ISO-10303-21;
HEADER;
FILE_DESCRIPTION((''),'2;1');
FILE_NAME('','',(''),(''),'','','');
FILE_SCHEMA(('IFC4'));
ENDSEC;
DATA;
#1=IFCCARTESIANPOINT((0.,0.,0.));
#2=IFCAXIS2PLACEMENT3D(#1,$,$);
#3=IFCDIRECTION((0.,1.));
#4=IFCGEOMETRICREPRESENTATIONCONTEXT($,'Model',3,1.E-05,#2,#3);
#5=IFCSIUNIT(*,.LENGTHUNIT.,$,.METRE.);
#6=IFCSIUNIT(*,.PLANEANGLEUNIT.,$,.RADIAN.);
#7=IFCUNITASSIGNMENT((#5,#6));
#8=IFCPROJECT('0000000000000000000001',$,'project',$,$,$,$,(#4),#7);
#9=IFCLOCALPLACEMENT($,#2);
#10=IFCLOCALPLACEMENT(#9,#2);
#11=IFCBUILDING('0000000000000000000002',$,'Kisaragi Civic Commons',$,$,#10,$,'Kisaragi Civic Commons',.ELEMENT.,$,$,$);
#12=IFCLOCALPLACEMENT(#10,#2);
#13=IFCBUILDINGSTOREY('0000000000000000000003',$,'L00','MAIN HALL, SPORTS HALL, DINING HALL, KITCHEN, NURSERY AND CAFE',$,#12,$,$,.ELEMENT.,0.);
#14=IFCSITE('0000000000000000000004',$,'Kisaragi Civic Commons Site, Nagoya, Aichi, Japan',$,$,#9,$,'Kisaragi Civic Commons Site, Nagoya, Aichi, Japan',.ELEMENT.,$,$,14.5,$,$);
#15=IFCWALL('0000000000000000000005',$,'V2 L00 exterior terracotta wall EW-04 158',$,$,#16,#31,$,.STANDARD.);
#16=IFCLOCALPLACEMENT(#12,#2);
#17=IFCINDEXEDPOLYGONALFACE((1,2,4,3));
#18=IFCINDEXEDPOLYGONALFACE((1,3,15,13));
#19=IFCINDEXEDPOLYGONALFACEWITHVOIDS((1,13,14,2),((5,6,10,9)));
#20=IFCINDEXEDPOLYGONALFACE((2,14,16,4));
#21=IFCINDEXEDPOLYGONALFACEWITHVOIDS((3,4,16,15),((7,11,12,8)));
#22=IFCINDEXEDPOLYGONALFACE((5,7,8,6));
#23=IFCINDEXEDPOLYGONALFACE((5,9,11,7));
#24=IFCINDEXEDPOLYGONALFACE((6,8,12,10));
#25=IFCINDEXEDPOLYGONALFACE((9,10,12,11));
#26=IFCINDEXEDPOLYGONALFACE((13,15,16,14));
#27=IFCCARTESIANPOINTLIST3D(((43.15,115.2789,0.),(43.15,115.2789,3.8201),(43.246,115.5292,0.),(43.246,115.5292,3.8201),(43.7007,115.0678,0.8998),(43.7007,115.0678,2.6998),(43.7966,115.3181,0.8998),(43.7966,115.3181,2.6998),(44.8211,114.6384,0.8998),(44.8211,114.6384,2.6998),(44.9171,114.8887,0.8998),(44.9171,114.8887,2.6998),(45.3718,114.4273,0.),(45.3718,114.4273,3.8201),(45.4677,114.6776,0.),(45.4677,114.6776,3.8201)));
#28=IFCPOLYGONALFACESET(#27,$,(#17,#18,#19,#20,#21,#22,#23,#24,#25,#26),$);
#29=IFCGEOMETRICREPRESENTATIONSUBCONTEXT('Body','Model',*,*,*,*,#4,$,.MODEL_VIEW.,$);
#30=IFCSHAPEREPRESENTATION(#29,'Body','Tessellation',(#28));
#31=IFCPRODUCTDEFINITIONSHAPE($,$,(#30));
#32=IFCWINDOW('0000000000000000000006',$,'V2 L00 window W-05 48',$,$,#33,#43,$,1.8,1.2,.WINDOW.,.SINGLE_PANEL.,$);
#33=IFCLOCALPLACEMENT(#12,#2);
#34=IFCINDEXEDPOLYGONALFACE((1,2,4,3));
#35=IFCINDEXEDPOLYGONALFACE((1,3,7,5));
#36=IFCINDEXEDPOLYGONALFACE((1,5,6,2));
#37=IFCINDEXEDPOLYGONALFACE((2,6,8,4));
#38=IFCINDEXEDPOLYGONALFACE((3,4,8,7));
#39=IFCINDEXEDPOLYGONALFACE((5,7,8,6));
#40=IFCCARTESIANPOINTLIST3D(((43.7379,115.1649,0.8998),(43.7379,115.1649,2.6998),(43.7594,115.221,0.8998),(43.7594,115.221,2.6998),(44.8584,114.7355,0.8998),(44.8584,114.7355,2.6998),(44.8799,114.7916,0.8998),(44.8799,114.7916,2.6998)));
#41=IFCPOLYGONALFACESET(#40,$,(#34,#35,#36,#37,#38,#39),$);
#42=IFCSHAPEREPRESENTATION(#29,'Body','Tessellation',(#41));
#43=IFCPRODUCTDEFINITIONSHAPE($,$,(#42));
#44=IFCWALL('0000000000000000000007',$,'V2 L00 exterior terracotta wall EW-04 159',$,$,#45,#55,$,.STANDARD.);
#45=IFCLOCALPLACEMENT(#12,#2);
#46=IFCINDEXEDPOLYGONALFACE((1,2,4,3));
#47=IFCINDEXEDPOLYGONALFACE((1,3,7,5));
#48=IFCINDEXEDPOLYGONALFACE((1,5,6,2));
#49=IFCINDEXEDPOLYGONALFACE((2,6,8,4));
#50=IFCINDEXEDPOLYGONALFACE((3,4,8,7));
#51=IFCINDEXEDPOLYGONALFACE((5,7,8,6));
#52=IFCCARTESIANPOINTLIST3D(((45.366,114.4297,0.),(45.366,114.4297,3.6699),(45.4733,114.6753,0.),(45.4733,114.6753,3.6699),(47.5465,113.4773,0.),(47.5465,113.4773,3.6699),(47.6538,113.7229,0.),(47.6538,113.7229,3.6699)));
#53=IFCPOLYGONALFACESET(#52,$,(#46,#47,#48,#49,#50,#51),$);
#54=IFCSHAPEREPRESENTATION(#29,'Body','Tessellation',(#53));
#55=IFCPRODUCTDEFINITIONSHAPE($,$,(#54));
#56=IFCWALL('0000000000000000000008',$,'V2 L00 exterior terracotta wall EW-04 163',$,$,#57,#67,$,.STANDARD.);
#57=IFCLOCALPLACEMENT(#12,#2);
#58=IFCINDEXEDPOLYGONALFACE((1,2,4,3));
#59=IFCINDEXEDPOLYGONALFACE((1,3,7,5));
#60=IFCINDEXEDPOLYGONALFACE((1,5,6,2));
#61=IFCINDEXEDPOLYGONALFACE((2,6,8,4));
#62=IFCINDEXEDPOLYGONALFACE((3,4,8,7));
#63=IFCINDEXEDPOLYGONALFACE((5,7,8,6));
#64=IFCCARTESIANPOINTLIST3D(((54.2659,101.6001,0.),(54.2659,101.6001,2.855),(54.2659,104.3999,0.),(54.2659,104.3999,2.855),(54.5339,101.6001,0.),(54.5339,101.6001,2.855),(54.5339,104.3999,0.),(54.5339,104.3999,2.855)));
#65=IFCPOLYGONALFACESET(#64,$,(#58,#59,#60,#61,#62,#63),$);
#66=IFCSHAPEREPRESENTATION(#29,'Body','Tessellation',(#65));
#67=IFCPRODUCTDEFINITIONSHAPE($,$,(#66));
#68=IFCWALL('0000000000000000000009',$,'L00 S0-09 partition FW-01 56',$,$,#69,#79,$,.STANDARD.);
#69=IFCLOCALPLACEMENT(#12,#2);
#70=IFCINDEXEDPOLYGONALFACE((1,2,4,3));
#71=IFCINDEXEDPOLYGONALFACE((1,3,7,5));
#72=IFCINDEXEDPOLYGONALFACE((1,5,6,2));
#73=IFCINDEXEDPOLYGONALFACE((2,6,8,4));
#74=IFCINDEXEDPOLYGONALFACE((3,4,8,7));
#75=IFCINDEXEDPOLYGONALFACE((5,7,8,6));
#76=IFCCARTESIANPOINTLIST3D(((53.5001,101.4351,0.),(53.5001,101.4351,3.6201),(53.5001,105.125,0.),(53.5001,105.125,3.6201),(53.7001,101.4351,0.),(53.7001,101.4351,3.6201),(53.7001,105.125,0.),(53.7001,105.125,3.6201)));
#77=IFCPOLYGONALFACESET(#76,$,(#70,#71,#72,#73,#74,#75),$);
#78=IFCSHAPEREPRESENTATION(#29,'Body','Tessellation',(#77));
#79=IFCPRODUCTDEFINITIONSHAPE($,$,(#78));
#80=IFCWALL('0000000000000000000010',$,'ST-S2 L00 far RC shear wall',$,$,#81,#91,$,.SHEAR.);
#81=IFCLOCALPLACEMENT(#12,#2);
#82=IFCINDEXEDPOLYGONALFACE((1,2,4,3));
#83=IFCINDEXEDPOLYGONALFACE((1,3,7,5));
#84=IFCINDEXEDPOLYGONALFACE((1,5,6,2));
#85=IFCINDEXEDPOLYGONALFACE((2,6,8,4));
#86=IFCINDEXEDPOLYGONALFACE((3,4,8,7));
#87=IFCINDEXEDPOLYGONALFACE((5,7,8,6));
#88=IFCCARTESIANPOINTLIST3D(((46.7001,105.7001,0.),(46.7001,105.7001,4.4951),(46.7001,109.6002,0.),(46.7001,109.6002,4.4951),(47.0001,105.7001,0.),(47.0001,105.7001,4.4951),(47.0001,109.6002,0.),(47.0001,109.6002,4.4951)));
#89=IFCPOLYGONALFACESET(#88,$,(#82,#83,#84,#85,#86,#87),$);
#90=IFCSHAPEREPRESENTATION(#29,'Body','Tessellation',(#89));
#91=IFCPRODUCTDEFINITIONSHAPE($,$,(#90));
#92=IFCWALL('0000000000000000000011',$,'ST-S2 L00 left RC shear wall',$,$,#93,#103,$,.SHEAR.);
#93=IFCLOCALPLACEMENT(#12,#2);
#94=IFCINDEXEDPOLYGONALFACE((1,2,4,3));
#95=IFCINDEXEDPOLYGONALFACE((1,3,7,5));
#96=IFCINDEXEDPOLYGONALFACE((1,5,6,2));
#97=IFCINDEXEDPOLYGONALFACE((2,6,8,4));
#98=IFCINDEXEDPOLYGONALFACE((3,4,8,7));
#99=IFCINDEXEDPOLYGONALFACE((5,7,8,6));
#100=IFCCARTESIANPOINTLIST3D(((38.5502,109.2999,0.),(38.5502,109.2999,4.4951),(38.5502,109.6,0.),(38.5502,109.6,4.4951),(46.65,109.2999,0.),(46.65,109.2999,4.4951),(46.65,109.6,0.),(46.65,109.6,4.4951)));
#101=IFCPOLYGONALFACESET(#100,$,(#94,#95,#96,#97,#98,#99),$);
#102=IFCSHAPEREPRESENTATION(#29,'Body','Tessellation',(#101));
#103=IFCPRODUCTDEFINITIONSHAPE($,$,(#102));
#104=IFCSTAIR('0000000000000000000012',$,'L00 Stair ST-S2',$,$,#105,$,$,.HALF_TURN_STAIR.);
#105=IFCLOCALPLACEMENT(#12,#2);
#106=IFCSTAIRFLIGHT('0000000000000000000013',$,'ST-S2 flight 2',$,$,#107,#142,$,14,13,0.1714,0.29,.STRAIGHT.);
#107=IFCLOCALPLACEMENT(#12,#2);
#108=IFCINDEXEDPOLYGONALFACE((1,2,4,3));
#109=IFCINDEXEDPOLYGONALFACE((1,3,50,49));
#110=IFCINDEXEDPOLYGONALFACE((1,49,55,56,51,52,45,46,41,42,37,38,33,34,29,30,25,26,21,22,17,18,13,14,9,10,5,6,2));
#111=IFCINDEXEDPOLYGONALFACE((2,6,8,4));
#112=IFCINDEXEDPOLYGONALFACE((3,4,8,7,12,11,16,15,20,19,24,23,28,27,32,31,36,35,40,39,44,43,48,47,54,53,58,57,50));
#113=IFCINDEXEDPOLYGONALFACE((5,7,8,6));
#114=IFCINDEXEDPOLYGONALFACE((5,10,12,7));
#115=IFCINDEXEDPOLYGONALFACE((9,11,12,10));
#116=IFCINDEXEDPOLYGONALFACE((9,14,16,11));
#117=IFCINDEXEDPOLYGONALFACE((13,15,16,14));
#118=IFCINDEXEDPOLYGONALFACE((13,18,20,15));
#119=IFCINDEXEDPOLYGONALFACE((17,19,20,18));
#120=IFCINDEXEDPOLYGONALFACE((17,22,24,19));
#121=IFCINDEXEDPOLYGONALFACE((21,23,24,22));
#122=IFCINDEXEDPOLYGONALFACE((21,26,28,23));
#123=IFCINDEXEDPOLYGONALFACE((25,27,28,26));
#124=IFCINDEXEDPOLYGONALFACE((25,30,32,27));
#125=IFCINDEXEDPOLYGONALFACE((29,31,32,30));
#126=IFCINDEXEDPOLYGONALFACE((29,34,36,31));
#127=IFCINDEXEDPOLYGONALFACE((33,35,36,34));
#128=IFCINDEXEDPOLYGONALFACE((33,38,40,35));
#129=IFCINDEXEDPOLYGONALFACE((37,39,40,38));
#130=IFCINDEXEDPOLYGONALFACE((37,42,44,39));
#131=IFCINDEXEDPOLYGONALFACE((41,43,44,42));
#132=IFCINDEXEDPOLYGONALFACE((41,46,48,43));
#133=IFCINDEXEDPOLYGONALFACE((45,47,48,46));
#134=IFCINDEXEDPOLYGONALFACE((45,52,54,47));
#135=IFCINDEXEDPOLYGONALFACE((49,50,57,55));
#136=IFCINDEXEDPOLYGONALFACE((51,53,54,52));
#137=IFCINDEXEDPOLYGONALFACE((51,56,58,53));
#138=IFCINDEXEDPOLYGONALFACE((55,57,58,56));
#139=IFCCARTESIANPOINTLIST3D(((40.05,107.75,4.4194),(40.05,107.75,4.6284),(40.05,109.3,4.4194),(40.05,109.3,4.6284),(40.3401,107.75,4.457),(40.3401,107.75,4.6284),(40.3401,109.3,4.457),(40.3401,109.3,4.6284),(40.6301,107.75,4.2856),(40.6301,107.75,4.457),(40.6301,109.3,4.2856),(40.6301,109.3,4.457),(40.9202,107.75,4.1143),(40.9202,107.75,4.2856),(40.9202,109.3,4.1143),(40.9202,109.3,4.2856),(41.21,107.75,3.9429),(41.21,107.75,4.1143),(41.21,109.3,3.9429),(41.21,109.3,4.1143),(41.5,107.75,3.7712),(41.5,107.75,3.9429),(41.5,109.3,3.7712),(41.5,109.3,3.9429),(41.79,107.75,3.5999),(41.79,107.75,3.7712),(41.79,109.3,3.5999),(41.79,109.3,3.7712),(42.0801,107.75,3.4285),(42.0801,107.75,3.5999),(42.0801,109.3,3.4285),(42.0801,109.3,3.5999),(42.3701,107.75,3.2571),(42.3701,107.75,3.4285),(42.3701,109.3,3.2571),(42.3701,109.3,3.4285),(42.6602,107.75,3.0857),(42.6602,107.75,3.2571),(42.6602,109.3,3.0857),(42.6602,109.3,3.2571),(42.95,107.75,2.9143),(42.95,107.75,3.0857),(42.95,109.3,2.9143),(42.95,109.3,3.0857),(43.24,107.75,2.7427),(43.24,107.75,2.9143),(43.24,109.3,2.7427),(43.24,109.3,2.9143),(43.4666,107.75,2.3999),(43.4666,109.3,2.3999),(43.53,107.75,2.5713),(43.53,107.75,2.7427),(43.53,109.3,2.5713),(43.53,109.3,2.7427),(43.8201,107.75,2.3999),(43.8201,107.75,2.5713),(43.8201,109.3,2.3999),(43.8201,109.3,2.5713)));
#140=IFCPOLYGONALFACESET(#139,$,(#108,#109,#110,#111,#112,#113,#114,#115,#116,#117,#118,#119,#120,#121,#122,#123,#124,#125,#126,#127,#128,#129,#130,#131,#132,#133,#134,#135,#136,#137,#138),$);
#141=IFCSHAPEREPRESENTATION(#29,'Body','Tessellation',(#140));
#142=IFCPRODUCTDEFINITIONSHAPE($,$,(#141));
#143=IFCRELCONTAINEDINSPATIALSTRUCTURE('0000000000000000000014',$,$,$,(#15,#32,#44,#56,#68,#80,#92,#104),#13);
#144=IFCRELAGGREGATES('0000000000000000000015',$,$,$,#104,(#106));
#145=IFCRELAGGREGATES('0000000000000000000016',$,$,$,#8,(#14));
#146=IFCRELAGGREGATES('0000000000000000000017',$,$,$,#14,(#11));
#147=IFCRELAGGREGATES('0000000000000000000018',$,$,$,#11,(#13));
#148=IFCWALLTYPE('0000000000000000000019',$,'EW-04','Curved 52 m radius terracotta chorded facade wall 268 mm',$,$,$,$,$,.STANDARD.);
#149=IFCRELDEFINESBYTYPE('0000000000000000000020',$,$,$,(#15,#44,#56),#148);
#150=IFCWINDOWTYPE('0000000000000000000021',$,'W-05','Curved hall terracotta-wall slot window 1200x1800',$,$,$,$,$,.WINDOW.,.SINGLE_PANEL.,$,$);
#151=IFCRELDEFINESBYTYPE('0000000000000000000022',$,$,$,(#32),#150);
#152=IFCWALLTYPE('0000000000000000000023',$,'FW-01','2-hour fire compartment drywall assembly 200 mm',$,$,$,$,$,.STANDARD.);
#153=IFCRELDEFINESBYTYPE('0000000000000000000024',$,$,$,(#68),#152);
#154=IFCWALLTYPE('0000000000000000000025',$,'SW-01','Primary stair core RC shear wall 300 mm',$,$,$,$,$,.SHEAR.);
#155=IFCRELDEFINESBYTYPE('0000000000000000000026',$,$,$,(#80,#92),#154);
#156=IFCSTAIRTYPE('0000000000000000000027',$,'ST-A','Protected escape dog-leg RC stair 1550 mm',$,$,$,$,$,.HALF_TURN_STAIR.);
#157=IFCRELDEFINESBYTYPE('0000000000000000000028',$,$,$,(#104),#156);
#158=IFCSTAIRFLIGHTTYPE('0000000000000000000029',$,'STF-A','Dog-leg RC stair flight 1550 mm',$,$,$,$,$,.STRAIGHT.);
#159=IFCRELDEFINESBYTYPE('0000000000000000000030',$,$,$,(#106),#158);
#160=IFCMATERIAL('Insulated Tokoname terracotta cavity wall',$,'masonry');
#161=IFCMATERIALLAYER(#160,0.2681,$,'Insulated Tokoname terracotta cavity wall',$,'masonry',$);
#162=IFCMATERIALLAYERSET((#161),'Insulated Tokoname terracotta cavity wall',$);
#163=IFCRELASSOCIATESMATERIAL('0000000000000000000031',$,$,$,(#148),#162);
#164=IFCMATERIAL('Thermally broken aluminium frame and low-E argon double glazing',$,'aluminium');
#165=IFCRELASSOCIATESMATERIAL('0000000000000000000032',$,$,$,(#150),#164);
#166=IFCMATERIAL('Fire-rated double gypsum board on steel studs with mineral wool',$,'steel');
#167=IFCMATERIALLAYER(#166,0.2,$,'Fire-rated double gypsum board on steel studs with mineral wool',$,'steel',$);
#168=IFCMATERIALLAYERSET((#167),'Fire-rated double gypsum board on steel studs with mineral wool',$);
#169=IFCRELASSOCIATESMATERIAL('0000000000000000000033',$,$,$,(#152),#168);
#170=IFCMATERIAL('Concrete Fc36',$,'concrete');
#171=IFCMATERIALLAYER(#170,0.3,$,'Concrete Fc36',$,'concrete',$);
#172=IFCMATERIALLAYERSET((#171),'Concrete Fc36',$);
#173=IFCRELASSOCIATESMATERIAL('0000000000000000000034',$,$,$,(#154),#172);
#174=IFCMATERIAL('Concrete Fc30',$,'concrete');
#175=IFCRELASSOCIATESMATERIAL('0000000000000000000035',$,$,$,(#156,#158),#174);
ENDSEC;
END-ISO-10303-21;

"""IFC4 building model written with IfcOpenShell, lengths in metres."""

from ifc_helpers import new_model, si_unit, direction, frame, frame_2d, origin, place, context, subcontext, project, spatial, polyline, rectangle, outline, extrude, material, layer, layer_set, type_object, element, fill, aggregate, save


model = new_model("IFC4")

# Units and contexts
model_context = context("Model", 3, precision=1e-05, world=origin(), true_north=direction((0.0, 1.0)))
body_context = subcontext(model_context, "Body", "Model", "MODEL_VIEW")
ifc_project = project(units=[si_unit("LENGTHUNIT", "METRE"), si_unit("PLANEANGLEUNIT", "RADIAN")], contexts=[model_context])

# Site, building, storey
site_placement = place(None, origin())
site = spatial("IfcSite", under=ifc_project, at=site_placement, Name="Kisaragi Civic Commons Site, Nagoya, Aichi, Japan", LongName="Kisaragi Civic Commons Site, Nagoya, Aichi, Japan", CompositionType="ELEMENT", RefElevation=14.5)
building_placement = place(site_placement, origin())
building = spatial("IfcBuilding", under=site, at=building_placement, Name="Kisaragi Civic Commons", LongName="Kisaragi Civic Commons", CompositionType="ELEMENT")
storey_placement = place(building_placement, origin())
storey = spatial("IfcBuildingStorey", under=building, at=storey_placement, Name="L00", Description="MAIN HALL, SPORTS HALL, DINING HALL, KITCHEN, NURSERY AND CAFE", CompositionType="ELEMENT", Elevation=0.0)

# Shared definitions
ifc_material_1 = material(Name="Concrete Fc36", Category="concrete")
ifc_material_2 = material(Name="Concrete Fc30", Category="concrete")

# Shared definitions
ifc_material_3 = material(Name="Insulated Tokoname terracotta cavity wall", Category="masonry")

# Wall, opening, window
ifc_layer_1 = layer(ifc_material_3, 0.2681, Name="Insulated Tokoname terracotta cavity wall", Category="masonry")
ifc_layer_set_1 = layer_set([ifc_layer_1], Name="Insulated Tokoname terracotta cavity wall")
wall_type_1 = type_object("IfcWallType", Name="EW-04", Description="Curved 52 m radius terracotta chorded facade wall 268 mm", PredefinedType="STANDARD", material=ifc_layer_set_1)
ifc_material_4 = material(Name="Thermally broken aluminium frame and low-E argon double glazing", Category="aluminium")
window_type = type_object("IfcWindowType", Name="W-05", Description="Curved hall terracotta-wall slot window 1200x1800", PartitioningType="SINGLE_PANEL", PredefinedType="WINDOW", material=ifc_material_4)
wall_1_placement = place(storey_placement, frame((43.198, 115.4041, 0.0), z_axis=(0.0, 0.0, 1.0), x_axis=(0.933758, -0.357906, 0.0)))
wall_1 = element("IfcWall", 1, at=wall_1_placement, inside=storey, type_object=wall_type_1, Name="V2 L00 exterior terracotta wall EW-04 158", PredefinedType="STANDARD", context=body_context, shape_type="SweptSolid", body=[
    extrude(rectangle(XDim=2.3794, YDim=0.2681, at=frame_2d((1.1897, 0.0))), origin(), (0.0, 0.0, 1.0), 3.8201),
])
opening_1_placement = place(wall_1_placement, frame((0.5896, 0.0, 0.8999)))
opening_1 = element("IfcOpeningElement", 2, at=opening_1_placement, cuts=wall_1, PredefinedType="OPENING", context=body_context, shape_type="SweptSolid", body=[
    extrude(rectangle(XDim=1.2, YDim=1.8, at=frame_2d((0.6001, 0.8999))), frame((0.0, 0.144, 0.0), z_axis=(0.0, -1.0, 0.0), x_axis=(1.0, 0.0, 0.0)), (0.0, 0.0, 1.0), 0.2881),
])
window_1_placement = place(opening_1_placement, origin())
window_1 = element("IfcWindow", 3, at=window_1_placement, inside=storey, type_object=window_type, Name="V2 L00 window W-05 48", OverallHeight=1.8, OverallWidth=1.2, PartitioningType="SINGLE_PANEL", PredefinedType="WINDOW", context=body_context, shape_type="SweptSolid", body=[
    extrude(rectangle(XDim=1.2, YDim=1.8, at=frame_2d((0.6001, 0.8999))), frame((0.0, 0.03, 0.0), z_axis=(0.0, -1.0, 0.0), x_axis=(1.0, 0.0, 0.0)), (0.0, 0.0, 1.0), 0.0601),
])
fill(opening_1, window_1)

# Walls
wall_2_placement = place(storey_placement, frame((45.4197, 114.5525, 0.0), z_axis=(0.0, 0.0, 1.0), x_axis=(0.916395, -0.400275, 0.0)))
element("IfcWall", 4, at=wall_2_placement, inside=storey, type_object=wall_type_1, Name="V2 L00 exterior terracotta wall EW-04 159", PredefinedType="STANDARD", context=body_context, shape_type="SweptSolid", body=[
    extrude(rectangle(XDim=2.3794, YDim=0.2681, at=frame_2d((1.1897, 0.0))), origin(), (0.0, 0.0, 1.0), 3.6699),
])
wall_3_placement = place(storey_placement, frame((54.3999, 104.3999, 0.0), z_axis=(0.0, 0.0, 1.0), x_axis=(0.0, -1.0, 0.0)))
element("IfcWall", 5, at=wall_3_placement, inside=storey, type_object=wall_type_1, Name="V2 L00 exterior terracotta wall EW-04 163", PredefinedType="STANDARD", context=body_context, shape_type="SweptSolid", body=[
    extrude(rectangle(XDim=2.7998, YDim=0.2681, at=frame_2d((1.3999, 0.0))), origin(), (0.0, 0.0, 1.0), 2.855),
])
ifc_material_5 = material(Name="Fire-rated double gypsum board on steel studs with mineral wool", Category="steel")
ifc_layer_2 = layer(ifc_material_5, 0.2, Name="Fire-rated double gypsum board on steel studs with mineral wool", Category="steel")
ifc_layer_set_2 = layer_set([ifc_layer_2], Name="Fire-rated double gypsum board on steel studs with mineral wool")
wall_type_2 = type_object("IfcWallType", Name="FW-01", Description="2-hour fire compartment drywall assembly 200 mm", PredefinedType="STANDARD", material=ifc_layer_set_2)
wall_4_placement = place(storey_placement, frame((53.6001, 105.125, 0.0), z_axis=(0.0, 0.0, 1.0), x_axis=(0.0, -1.0, 0.0)))
element("IfcWall", 6, at=wall_4_placement, inside=storey, type_object=wall_type_2, Name="L00 S0-09 partition FW-01 56", PredefinedType="STANDARD", context=body_context, shape_type="SweptSolid", body=[
    extrude(rectangle(XDim=3.6899, YDim=0.2, at=frame_2d((1.845, 0.0))), origin(), (0.0, 0.0, 1.0), 3.6201),
])
ifc_layer_3 = layer(ifc_material_1, 0.3, Name="Concrete Fc36", Category="concrete")
ifc_layer_set_3 = layer_set([ifc_layer_3], Name="Concrete Fc36")
wall_type_3 = type_object("IfcWallType", Name="SW-01", Description="Primary stair core RC shear wall 300 mm", PredefinedType="SHEAR", material=ifc_layer_set_3)
wall_5_placement = place(storey_placement, frame((46.8501, 105.7, 0.0), z_axis=(0.0, 0.0, 1.0), x_axis=(0.0, 1.0, 0.0)))
element("IfcWall", 7, at=wall_5_placement, inside=storey, type_object=wall_type_3, Name="ST-S2 L00 far RC shear wall", PredefinedType="SHEAR", context=body_context, shape_type="SweptSolid", body=[
    extrude(rectangle(XDim=3.9001, YDim=0.3, at=frame_2d((1.9502, 0.0))), origin(), (0.0, 0.0, 1.0), 4.4951),
])
wall_6_placement = place(storey_placement, frame((46.6499, 109.45, 0.0), z_axis=(0.0, 0.0, 1.0), x_axis=(-1.0, 0.0, 0.0)))
element("IfcWall", 8, at=wall_6_placement, inside=storey, type_object=wall_type_3, Name="ST-S2 L00 left RC shear wall", PredefinedType="SHEAR", context=body_context, shape_type="SweptSolid", body=[
    extrude(rectangle(XDim=8.0999, YDim=0.3, at=frame_2d((4.0498, 0.0))), origin(), (0.0, 0.0, 1.0), 4.4951),
])

# Stair, stair flight
stair_type = type_object("IfcStairType", Name="ST-A", Description="Protected escape dog-leg RC stair 1550 mm", PredefinedType="HALF_TURN_STAIR", material=ifc_material_2)
stair_placement = place(storey_placement, origin())
stair = element("IfcStair", 9, at=stair_placement, inside=storey, type_object=stair_type, Name="L00 Stair ST-S2", PredefinedType="HALF_TURN_STAIR")
stair_flight_type = type_object("IfcStairFlightType", Name="STF-A", Description="Dog-leg RC stair flight 1550 mm", PredefinedType="STRAIGHT", material=ifc_material_2)
stair_flight_placement = place(storey_placement, frame((43.8201, 108.5249, 2.3999), z_axis=(0.0, 0.0, 1.0), x_axis=(-1.0, 0.0, 0.0)))
stair_flight = element("IfcStairFlight", 10, at=stair_flight_placement, type_object=stair_flight_type, Name="ST-S2 flight 2", NumberOfRisers=14, NumberOfTreads=13, PredefinedType="STRAIGHT", RiserHeight=0.1714, TreadLength=0.29, context=body_context, shape_type="SweptSolid", body=[
    extrude(outline(polyline([(0.0, 0.0), (0.0, 0.1714), (0.29, 0.1714), (0.29, 0.3428), (0.5801, 0.3428), (0.5801, 0.5144), (0.8701, 0.5144), (0.8701, 0.6858), (1.1599, 0.6858), (1.1599, 0.8572), (1.45, 0.8572), (1.45, 1.0286), (1.74, 1.0286), (1.74, 1.2), (2.03, 1.2), (2.03, 1.3713), (2.3201, 1.3713), (2.3201, 1.543), (2.6101, 1.543), (2.6101, 1.7144), (2.8999, 1.7144), (2.8999, 1.8857), (3.1899, 1.8857), (3.1899, 2.0571), (3.48, 2.0571), (3.48, 2.2285), (3.77, 2.2285), (3.77, 2.3999), (3.77, 2.0195), (0.3535, 0.0), (0.0, 0.0)])), frame((0.0, 0.7749, 0.0), z_axis=(0.0, -1.0, 0.0), x_axis=(1.0, 0.0, 0.0)), (0.0, 0.0, 1.0), 1.55),
])
aggregate(stair, [stair_flight])

save(model, "model.ifc")
